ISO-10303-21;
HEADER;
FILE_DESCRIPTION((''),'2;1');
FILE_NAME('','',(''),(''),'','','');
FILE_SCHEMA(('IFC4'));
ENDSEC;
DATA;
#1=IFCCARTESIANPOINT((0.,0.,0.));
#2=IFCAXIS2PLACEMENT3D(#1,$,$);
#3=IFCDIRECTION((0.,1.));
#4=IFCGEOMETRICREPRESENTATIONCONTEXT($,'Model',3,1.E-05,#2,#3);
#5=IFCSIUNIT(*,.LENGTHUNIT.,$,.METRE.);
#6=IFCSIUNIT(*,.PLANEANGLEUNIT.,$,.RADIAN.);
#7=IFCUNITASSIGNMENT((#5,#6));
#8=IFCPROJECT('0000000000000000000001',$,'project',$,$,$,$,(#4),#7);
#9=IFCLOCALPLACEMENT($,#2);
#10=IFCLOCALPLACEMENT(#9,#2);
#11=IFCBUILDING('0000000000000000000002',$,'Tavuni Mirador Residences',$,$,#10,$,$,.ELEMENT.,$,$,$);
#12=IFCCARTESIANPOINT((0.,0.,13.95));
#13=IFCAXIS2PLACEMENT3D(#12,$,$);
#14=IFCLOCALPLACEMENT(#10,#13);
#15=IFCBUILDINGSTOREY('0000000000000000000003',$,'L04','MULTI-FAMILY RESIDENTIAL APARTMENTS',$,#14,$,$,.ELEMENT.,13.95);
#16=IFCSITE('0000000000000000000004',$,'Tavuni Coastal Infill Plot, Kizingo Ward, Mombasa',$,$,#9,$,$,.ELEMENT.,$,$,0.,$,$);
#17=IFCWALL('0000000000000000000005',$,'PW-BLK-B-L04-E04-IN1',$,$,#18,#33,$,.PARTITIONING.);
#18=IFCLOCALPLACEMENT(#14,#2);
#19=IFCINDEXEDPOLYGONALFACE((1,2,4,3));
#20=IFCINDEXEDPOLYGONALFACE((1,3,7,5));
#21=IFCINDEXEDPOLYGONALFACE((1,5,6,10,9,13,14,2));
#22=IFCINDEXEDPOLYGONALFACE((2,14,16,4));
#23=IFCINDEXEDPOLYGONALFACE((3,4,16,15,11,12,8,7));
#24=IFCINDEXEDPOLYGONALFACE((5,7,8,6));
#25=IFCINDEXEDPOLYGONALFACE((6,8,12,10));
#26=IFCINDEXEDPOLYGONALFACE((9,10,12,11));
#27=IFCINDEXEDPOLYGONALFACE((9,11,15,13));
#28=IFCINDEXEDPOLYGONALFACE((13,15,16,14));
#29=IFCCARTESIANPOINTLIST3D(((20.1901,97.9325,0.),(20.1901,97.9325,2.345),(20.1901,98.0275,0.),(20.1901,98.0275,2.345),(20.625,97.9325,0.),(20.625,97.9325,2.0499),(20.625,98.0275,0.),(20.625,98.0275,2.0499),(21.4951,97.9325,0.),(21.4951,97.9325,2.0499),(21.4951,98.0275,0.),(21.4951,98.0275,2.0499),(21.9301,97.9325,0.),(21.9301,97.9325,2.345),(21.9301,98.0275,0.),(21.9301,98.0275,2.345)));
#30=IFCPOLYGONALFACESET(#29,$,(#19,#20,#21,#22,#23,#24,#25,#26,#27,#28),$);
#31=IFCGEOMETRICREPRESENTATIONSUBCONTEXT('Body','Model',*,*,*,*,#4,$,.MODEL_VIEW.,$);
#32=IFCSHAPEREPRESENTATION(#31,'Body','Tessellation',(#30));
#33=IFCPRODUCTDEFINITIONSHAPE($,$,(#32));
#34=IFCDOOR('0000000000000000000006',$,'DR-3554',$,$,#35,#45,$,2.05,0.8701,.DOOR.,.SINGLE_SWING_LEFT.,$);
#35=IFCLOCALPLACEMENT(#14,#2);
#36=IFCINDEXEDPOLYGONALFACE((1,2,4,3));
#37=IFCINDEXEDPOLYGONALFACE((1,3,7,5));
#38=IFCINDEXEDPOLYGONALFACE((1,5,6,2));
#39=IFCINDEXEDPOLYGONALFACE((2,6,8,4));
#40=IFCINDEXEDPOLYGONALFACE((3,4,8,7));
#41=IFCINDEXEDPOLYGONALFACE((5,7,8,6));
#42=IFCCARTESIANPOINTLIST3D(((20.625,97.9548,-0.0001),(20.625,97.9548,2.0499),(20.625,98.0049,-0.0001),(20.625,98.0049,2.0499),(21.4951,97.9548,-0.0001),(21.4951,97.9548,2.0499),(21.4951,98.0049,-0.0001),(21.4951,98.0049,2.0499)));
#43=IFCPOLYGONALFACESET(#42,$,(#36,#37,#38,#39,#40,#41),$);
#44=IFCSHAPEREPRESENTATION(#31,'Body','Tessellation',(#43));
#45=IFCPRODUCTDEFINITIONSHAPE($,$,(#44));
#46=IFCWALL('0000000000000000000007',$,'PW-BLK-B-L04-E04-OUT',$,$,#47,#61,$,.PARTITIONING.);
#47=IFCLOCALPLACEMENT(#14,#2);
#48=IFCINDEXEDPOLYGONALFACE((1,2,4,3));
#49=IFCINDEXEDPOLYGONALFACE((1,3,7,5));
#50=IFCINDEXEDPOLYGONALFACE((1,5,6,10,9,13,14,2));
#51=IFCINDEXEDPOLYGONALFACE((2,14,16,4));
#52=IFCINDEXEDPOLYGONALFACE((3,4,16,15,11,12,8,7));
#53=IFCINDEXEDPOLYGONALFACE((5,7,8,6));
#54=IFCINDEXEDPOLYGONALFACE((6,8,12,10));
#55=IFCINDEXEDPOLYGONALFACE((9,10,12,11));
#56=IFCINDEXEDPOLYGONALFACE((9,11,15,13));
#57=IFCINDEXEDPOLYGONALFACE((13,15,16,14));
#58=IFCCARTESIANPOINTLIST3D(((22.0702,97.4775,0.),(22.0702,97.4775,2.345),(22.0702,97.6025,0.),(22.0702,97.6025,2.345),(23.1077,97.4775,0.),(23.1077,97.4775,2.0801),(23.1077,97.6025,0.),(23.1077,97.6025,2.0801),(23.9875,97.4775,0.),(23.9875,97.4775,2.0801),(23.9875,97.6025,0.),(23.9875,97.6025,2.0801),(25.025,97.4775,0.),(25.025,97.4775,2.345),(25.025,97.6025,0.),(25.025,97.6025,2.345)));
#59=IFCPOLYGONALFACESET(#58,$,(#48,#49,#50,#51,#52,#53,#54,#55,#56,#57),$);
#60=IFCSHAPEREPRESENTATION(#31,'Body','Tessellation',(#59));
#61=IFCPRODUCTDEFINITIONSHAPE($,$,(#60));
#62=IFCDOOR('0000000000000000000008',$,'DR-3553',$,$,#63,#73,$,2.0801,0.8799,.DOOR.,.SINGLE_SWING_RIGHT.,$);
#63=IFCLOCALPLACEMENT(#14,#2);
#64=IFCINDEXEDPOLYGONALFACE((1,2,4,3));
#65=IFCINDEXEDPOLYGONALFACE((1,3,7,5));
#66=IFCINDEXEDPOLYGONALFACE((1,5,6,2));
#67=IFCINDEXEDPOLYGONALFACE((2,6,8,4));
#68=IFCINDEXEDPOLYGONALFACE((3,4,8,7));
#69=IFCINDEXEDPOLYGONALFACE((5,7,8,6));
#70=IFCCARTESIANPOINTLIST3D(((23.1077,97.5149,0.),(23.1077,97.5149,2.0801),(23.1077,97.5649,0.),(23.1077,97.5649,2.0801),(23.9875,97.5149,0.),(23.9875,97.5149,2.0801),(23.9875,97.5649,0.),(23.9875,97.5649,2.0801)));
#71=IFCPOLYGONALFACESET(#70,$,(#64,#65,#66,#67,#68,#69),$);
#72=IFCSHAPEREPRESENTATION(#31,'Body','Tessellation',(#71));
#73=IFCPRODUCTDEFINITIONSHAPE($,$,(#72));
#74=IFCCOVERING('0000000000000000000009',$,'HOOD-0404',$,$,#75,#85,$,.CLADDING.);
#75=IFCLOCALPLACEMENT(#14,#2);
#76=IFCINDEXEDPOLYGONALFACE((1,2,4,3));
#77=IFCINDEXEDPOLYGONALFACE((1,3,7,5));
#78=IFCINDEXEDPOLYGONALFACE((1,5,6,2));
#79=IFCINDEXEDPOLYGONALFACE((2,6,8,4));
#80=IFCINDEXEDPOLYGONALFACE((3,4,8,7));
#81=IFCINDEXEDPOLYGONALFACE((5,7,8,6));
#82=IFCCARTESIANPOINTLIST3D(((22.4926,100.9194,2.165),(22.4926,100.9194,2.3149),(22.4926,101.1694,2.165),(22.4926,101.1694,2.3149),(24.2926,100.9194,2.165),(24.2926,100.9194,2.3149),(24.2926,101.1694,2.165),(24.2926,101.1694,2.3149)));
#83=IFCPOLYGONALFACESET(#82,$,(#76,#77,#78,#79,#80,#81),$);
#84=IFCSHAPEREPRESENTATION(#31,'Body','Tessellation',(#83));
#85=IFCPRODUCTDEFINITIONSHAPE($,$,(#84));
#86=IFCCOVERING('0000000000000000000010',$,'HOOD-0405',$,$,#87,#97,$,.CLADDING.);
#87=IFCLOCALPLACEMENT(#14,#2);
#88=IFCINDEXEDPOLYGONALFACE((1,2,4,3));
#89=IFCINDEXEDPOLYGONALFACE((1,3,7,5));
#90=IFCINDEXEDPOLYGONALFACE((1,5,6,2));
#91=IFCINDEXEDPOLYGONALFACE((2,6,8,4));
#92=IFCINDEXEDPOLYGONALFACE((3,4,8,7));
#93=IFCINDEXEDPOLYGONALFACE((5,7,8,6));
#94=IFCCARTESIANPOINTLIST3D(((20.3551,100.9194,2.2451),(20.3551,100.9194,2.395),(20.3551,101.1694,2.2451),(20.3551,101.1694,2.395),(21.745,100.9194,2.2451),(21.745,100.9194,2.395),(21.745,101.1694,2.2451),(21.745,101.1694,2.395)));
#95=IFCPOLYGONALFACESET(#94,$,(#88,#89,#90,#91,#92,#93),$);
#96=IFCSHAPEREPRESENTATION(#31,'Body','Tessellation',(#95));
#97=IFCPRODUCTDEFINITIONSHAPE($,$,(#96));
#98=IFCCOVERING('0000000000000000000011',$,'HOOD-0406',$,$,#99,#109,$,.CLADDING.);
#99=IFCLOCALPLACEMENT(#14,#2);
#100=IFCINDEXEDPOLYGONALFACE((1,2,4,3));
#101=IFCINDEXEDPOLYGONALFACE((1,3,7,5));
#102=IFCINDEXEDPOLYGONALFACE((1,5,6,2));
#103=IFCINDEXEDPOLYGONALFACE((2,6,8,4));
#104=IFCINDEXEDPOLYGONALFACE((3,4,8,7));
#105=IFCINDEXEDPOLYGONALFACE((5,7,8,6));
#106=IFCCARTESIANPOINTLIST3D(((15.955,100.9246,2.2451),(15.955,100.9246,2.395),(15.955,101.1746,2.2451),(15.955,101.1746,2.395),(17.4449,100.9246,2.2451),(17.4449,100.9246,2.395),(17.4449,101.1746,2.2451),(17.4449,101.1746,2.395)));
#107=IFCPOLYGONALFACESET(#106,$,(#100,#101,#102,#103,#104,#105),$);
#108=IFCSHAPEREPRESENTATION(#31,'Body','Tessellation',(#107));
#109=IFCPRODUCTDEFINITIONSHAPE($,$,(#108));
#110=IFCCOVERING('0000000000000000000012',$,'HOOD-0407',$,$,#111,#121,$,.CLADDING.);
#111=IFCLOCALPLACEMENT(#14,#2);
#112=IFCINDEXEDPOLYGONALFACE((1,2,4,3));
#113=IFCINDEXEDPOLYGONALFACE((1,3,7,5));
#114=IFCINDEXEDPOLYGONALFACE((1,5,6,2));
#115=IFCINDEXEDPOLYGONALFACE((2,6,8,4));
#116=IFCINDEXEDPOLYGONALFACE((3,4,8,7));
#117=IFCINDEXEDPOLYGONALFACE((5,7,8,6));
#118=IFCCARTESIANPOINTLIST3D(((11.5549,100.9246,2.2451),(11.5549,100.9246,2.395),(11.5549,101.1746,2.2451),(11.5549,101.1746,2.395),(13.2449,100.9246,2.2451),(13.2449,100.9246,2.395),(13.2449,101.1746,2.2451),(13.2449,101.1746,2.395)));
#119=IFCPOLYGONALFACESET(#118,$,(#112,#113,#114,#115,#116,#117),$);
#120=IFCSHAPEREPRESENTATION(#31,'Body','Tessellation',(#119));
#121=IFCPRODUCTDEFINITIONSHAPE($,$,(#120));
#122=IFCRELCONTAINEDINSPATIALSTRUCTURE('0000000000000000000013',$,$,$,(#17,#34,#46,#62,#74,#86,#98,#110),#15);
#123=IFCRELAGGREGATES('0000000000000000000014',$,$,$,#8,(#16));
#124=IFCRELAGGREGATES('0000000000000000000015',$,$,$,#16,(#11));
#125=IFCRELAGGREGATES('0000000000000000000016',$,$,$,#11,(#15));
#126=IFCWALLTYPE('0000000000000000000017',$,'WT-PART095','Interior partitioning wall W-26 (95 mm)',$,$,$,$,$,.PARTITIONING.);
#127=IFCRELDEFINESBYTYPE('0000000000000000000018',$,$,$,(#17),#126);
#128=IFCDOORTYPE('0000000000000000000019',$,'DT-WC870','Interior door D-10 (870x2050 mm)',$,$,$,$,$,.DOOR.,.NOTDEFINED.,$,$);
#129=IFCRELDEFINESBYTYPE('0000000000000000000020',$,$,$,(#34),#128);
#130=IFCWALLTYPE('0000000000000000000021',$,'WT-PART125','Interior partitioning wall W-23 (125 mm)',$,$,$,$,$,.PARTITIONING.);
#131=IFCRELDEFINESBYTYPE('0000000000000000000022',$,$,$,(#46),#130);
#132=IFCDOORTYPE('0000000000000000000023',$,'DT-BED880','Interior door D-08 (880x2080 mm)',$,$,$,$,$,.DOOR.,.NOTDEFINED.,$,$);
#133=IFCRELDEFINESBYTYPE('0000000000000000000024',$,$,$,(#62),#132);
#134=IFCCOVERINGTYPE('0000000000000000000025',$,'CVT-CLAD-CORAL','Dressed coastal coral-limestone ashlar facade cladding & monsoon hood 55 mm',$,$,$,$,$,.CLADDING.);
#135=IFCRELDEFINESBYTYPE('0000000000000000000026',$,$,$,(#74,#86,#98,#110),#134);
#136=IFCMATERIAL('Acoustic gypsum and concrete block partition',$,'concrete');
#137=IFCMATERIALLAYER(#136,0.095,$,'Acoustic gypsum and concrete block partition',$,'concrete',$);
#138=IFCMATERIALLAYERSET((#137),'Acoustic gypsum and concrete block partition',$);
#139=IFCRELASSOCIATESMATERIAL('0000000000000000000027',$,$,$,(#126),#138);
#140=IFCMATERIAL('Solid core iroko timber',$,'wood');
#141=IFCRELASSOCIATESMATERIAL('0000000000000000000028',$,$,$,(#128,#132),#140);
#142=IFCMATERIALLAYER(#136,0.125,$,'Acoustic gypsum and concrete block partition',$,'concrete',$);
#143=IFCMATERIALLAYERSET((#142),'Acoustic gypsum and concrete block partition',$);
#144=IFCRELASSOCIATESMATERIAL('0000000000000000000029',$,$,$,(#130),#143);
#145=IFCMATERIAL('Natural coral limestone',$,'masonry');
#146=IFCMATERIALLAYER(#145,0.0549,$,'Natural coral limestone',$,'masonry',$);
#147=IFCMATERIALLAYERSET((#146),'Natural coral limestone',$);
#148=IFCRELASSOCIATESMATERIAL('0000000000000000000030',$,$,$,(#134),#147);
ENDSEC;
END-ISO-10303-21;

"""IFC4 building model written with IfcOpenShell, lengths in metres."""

from ifc_helpers import new_model, si_unit, direction, frame, frame_2d, origin, origin_2d, place, context, subcontext, project, spatial, rectangle, extrude, material, layer, layer_set, type_object, element, fill, save


model = new_model("IFC4")

# Units and contexts
model_context = context("Model", 3, precision=1e-05, world=origin(), true_north=direction((0.0, 1.0)))
body_context = subcontext(model_context, "Body", "Model", "MODEL_VIEW")
ifc_project = project(units=[si_unit("LENGTHUNIT", "METRE"), si_unit("PLANEANGLEUNIT", "RADIAN")], contexts=[model_context])

# Site, building, storey
site_placement = place(None, origin())
site = spatial("IfcSite", under=ifc_project, at=site_placement, Name="Tavuni Coastal Infill Plot, Kizingo Ward, Mombasa", CompositionType="ELEMENT", RefElevation=0.0)
building_placement = place(site_placement, origin())
building = spatial("IfcBuilding", under=site, at=building_placement, Name="Tavuni Mirador Residences", CompositionType="ELEMENT")
storey_placement = place(building_placement, frame((0.0, 0.0, 13.95)))
storey = spatial("IfcBuildingStorey", under=building, at=storey_placement, Name="L04", Description="MULTI-FAMILY RESIDENTIAL APARTMENTS", CompositionType="ELEMENT", Elevation=13.95)

# Walls, openings, doors
ifc_material_1 = material(Name="Acoustic gypsum and concrete block partition", Category="concrete")
ifc_layer_1 = layer(ifc_material_1, 0.095, Name="Acoustic gypsum and concrete block partition", Category="concrete")
ifc_layer_set_1 = layer_set([ifc_layer_1], Name="Acoustic gypsum and concrete block partition")
wall_type_1 = type_object("IfcWallType", Name="WT-PART095", Description="Interior partitioning wall W-26 (95 mm)", PredefinedType="PARTITIONING", material=ifc_layer_set_1)
wall_1_placement = place(storey_placement, frame((20.1899, 97.98, 0.0), z_axis=(0.0, 0.0, 1.0), x_axis=(1.0, 0.0, 0.0)))
wall_1 = element("IfcWall", 1, at=wall_1_placement, inside=storey, type_object=wall_type_1, Name="PW-BLK-B-L04-E04-IN1", PredefinedType="PARTITIONING", context=body_context, shape_type="SweptSolid", body=[
    extrude(rectangle(XDim=1.74, YDim=0.095, at=frame_2d((0.8701, 0.0))), origin(), (0.0, 0.0, 1.0), 2.345),
])
opening_1_placement = place(wall_1_placement, frame((0.4351, 0.0, 0.0)))
opening_1 = element("IfcOpeningElement", 2, at=opening_1_placement, cuts=wall_1, PredefinedType="OPENING", context=body_context, shape_type="SweptSolid", body=[
    extrude(rectangle(XDim=0.8701, YDim=2.05, at=frame_2d((0.4351, 1.0249))), frame((0.0, 0.0576, 0.0), z_axis=(0.0, -1.0, 0.0), x_axis=(1.0, 0.0, 0.0)), (0.0, 0.0, 1.0), 0.115),
])
ifc_material_2 = material(Name="Solid core iroko timber", Category="wood")
door_type_1 = type_object("IfcDoorType", Name="DT-WC870", Description="Interior door D-10 (870x2050 mm)", OperationType="NOTDEFINED", PredefinedType="DOOR", material=ifc_material_2)
door_1_placement = place(opening_1_placement, origin())
door_1 = element("IfcDoor", 3, at=door_1_placement, inside=storey, type_object=door_type_1, Name="DR-3554", OperationType="SINGLE_SWING_LEFT", OverallHeight=2.05, OverallWidth=0.8701, PredefinedType="DOOR", context=body_context, shape_type="SweptSolid", body=[
    extrude(rectangle(XDim=0.8701, YDim=2.05, at=frame_2d((0.4351, 1.0249))), frame((0.0, 0.0249, 0.0), z_axis=(0.0, -1.0, 0.0), x_axis=(1.0, 0.0, 0.0)), (0.0, 0.0, 1.0), 0.05),
])
fill(opening_1, door_1)
ifc_layer_2 = layer(ifc_material_1, 0.125, Name="Acoustic gypsum and concrete block partition", Category="concrete")
ifc_layer_set_2 = layer_set([ifc_layer_2], Name="Acoustic gypsum and concrete block partition")
wall_type_2 = type_object("IfcWallType", Name="WT-PART125", Description="Interior partitioning wall W-23 (125 mm)", PredefinedType="PARTITIONING", material=ifc_layer_set_2)
wall_2_placement = place(storey_placement, frame((22.0701, 97.54, 0.0), z_axis=(0.0, 0.0, 1.0), x_axis=(1.0, 0.0, 0.0)))
wall_2 = element("IfcWall", 4, at=wall_2_placement, inside=storey, type_object=wall_type_2, Name="PW-BLK-B-L04-E04-OUT", PredefinedType="PARTITIONING", context=body_context, shape_type="SweptSolid", body=[
    extrude(rectangle(XDim=2.9548, YDim=0.125, at=frame_2d((1.4775, 0.0))), origin(), (0.0, 0.0, 1.0), 2.345),
])
opening_2_placement = place(wall_2_placement, frame((1.0376, 0.0, 0.0)))
opening_2 = element("IfcOpeningElement", 5, at=opening_2_placement, cuts=wall_2, PredefinedType="OPENING", context=body_context, shape_type="SweptSolid", body=[
    extrude(rectangle(XDim=0.8799, YDim=2.0801, at=frame_2d((0.4399, 1.04))), frame((0.0, 0.0725, 0.0), z_axis=(0.0, -1.0, 0.0), x_axis=(1.0, 0.0, 0.0)), (0.0, 0.0, 1.0), 0.145),
])
door_type_2 = type_object("IfcDoorType", Name="DT-BED880", Description="Interior door D-08 (880x2080 mm)", OperationType="NOTDEFINED", PredefinedType="DOOR", material=ifc_material_2)
door_2_placement = place(opening_2_placement, origin())
door_2 = element("IfcDoor", 6, at=door_2_placement, inside=storey, type_object=door_type_2, Name="DR-3553", OperationType="SINGLE_SWING_RIGHT", OverallHeight=2.0801, OverallWidth=0.8799, PredefinedType="DOOR", context=body_context, shape_type="SweptSolid", body=[
    extrude(rectangle(XDim=0.8799, YDim=2.0801, at=frame_2d((0.4399, 1.04))), frame((0.0, 0.0249, 0.0), z_axis=(0.0, -1.0, 0.0), x_axis=(1.0, 0.0, 0.0)), (0.0, 0.0, 1.0), 0.05),
])
fill(opening_2, door_2)

# Coverings
ifc_material_3 = material(Name="Natural coral limestone", Category="masonry")
ifc_layer_3 = layer(ifc_material_3, 0.0549, Name="Natural coral limestone", Category="masonry")
ifc_layer_set_3 = layer_set([ifc_layer_3], Name="Natural coral limestone")
covering_type = type_object("IfcCoveringType", Name="CVT-CLAD-CORAL", Description="Dressed coastal coral-limestone ashlar facade cladding & monsoon hood 55 mm", PredefinedType="CLADDING", material=ifc_layer_set_3)
covering_1_placement = place(storey_placement, frame((23.3926, 101.0444, 2.165), z_axis=(0.0, 0.0, 1.0), x_axis=(-1.0, 0.0, 0.0)))
element("IfcCovering", 7, at=covering_1_placement, inside=storey, type_object=covering_type, Name="HOOD-0404", PredefinedType="CLADDING", context=body_context, shape_type="SweptSolid", body=[
    extrude(rectangle(XDim=1.8, YDim=0.25, at=origin_2d()), origin(), (0.0, 0.0, 1.0), 0.1499),
])
covering_2_placement = place(storey_placement, frame((21.05, 101.0444, 2.2451), z_axis=(0.0, 0.0, 1.0), x_axis=(-1.0, 0.0, 0.0)))
element("IfcCovering", 8, at=covering_2_placement, inside=storey, type_object=covering_type, Name="HOOD-0405", PredefinedType="CLADDING", context=body_context, shape_type="SweptSolid", body=[
    extrude(rectangle(XDim=1.3899, YDim=0.25, at=origin_2d()), origin(), (0.0, 0.0, 1.0), 0.1499),
])
covering_3_placement = place(storey_placement, frame((16.7, 101.0496, 2.2451), z_axis=(0.0, 0.0, 1.0), x_axis=(-1.0, 0.0, 0.0)))
element("IfcCovering", 9, at=covering_3_placement, inside=storey, type_object=covering_type, Name="HOOD-0406", PredefinedType="CLADDING", context=body_context, shape_type="SweptSolid", body=[
    extrude(rectangle(XDim=1.49, YDim=0.25, at=origin_2d()), origin(), (0.0, 0.0, 1.0), 0.1499),
])
covering_4_placement = place(storey_placement, frame((12.3999, 101.0496, 2.2451), z_axis=(0.0, 0.0, 1.0), x_axis=(-1.0, 0.0, 0.0)))
element("IfcCovering", 10, at=covering_4_placement, inside=storey, type_object=covering_type, Name="HOOD-0407", PredefinedType="CLADDING", context=body_context, shape_type="SweptSolid", body=[
    extrude(rectangle(XDim=1.6899, YDim=0.25, at=origin_2d()), origin(), (0.0, 0.0, 1.0), 0.1499),
])

save(model, "model.ifc")
